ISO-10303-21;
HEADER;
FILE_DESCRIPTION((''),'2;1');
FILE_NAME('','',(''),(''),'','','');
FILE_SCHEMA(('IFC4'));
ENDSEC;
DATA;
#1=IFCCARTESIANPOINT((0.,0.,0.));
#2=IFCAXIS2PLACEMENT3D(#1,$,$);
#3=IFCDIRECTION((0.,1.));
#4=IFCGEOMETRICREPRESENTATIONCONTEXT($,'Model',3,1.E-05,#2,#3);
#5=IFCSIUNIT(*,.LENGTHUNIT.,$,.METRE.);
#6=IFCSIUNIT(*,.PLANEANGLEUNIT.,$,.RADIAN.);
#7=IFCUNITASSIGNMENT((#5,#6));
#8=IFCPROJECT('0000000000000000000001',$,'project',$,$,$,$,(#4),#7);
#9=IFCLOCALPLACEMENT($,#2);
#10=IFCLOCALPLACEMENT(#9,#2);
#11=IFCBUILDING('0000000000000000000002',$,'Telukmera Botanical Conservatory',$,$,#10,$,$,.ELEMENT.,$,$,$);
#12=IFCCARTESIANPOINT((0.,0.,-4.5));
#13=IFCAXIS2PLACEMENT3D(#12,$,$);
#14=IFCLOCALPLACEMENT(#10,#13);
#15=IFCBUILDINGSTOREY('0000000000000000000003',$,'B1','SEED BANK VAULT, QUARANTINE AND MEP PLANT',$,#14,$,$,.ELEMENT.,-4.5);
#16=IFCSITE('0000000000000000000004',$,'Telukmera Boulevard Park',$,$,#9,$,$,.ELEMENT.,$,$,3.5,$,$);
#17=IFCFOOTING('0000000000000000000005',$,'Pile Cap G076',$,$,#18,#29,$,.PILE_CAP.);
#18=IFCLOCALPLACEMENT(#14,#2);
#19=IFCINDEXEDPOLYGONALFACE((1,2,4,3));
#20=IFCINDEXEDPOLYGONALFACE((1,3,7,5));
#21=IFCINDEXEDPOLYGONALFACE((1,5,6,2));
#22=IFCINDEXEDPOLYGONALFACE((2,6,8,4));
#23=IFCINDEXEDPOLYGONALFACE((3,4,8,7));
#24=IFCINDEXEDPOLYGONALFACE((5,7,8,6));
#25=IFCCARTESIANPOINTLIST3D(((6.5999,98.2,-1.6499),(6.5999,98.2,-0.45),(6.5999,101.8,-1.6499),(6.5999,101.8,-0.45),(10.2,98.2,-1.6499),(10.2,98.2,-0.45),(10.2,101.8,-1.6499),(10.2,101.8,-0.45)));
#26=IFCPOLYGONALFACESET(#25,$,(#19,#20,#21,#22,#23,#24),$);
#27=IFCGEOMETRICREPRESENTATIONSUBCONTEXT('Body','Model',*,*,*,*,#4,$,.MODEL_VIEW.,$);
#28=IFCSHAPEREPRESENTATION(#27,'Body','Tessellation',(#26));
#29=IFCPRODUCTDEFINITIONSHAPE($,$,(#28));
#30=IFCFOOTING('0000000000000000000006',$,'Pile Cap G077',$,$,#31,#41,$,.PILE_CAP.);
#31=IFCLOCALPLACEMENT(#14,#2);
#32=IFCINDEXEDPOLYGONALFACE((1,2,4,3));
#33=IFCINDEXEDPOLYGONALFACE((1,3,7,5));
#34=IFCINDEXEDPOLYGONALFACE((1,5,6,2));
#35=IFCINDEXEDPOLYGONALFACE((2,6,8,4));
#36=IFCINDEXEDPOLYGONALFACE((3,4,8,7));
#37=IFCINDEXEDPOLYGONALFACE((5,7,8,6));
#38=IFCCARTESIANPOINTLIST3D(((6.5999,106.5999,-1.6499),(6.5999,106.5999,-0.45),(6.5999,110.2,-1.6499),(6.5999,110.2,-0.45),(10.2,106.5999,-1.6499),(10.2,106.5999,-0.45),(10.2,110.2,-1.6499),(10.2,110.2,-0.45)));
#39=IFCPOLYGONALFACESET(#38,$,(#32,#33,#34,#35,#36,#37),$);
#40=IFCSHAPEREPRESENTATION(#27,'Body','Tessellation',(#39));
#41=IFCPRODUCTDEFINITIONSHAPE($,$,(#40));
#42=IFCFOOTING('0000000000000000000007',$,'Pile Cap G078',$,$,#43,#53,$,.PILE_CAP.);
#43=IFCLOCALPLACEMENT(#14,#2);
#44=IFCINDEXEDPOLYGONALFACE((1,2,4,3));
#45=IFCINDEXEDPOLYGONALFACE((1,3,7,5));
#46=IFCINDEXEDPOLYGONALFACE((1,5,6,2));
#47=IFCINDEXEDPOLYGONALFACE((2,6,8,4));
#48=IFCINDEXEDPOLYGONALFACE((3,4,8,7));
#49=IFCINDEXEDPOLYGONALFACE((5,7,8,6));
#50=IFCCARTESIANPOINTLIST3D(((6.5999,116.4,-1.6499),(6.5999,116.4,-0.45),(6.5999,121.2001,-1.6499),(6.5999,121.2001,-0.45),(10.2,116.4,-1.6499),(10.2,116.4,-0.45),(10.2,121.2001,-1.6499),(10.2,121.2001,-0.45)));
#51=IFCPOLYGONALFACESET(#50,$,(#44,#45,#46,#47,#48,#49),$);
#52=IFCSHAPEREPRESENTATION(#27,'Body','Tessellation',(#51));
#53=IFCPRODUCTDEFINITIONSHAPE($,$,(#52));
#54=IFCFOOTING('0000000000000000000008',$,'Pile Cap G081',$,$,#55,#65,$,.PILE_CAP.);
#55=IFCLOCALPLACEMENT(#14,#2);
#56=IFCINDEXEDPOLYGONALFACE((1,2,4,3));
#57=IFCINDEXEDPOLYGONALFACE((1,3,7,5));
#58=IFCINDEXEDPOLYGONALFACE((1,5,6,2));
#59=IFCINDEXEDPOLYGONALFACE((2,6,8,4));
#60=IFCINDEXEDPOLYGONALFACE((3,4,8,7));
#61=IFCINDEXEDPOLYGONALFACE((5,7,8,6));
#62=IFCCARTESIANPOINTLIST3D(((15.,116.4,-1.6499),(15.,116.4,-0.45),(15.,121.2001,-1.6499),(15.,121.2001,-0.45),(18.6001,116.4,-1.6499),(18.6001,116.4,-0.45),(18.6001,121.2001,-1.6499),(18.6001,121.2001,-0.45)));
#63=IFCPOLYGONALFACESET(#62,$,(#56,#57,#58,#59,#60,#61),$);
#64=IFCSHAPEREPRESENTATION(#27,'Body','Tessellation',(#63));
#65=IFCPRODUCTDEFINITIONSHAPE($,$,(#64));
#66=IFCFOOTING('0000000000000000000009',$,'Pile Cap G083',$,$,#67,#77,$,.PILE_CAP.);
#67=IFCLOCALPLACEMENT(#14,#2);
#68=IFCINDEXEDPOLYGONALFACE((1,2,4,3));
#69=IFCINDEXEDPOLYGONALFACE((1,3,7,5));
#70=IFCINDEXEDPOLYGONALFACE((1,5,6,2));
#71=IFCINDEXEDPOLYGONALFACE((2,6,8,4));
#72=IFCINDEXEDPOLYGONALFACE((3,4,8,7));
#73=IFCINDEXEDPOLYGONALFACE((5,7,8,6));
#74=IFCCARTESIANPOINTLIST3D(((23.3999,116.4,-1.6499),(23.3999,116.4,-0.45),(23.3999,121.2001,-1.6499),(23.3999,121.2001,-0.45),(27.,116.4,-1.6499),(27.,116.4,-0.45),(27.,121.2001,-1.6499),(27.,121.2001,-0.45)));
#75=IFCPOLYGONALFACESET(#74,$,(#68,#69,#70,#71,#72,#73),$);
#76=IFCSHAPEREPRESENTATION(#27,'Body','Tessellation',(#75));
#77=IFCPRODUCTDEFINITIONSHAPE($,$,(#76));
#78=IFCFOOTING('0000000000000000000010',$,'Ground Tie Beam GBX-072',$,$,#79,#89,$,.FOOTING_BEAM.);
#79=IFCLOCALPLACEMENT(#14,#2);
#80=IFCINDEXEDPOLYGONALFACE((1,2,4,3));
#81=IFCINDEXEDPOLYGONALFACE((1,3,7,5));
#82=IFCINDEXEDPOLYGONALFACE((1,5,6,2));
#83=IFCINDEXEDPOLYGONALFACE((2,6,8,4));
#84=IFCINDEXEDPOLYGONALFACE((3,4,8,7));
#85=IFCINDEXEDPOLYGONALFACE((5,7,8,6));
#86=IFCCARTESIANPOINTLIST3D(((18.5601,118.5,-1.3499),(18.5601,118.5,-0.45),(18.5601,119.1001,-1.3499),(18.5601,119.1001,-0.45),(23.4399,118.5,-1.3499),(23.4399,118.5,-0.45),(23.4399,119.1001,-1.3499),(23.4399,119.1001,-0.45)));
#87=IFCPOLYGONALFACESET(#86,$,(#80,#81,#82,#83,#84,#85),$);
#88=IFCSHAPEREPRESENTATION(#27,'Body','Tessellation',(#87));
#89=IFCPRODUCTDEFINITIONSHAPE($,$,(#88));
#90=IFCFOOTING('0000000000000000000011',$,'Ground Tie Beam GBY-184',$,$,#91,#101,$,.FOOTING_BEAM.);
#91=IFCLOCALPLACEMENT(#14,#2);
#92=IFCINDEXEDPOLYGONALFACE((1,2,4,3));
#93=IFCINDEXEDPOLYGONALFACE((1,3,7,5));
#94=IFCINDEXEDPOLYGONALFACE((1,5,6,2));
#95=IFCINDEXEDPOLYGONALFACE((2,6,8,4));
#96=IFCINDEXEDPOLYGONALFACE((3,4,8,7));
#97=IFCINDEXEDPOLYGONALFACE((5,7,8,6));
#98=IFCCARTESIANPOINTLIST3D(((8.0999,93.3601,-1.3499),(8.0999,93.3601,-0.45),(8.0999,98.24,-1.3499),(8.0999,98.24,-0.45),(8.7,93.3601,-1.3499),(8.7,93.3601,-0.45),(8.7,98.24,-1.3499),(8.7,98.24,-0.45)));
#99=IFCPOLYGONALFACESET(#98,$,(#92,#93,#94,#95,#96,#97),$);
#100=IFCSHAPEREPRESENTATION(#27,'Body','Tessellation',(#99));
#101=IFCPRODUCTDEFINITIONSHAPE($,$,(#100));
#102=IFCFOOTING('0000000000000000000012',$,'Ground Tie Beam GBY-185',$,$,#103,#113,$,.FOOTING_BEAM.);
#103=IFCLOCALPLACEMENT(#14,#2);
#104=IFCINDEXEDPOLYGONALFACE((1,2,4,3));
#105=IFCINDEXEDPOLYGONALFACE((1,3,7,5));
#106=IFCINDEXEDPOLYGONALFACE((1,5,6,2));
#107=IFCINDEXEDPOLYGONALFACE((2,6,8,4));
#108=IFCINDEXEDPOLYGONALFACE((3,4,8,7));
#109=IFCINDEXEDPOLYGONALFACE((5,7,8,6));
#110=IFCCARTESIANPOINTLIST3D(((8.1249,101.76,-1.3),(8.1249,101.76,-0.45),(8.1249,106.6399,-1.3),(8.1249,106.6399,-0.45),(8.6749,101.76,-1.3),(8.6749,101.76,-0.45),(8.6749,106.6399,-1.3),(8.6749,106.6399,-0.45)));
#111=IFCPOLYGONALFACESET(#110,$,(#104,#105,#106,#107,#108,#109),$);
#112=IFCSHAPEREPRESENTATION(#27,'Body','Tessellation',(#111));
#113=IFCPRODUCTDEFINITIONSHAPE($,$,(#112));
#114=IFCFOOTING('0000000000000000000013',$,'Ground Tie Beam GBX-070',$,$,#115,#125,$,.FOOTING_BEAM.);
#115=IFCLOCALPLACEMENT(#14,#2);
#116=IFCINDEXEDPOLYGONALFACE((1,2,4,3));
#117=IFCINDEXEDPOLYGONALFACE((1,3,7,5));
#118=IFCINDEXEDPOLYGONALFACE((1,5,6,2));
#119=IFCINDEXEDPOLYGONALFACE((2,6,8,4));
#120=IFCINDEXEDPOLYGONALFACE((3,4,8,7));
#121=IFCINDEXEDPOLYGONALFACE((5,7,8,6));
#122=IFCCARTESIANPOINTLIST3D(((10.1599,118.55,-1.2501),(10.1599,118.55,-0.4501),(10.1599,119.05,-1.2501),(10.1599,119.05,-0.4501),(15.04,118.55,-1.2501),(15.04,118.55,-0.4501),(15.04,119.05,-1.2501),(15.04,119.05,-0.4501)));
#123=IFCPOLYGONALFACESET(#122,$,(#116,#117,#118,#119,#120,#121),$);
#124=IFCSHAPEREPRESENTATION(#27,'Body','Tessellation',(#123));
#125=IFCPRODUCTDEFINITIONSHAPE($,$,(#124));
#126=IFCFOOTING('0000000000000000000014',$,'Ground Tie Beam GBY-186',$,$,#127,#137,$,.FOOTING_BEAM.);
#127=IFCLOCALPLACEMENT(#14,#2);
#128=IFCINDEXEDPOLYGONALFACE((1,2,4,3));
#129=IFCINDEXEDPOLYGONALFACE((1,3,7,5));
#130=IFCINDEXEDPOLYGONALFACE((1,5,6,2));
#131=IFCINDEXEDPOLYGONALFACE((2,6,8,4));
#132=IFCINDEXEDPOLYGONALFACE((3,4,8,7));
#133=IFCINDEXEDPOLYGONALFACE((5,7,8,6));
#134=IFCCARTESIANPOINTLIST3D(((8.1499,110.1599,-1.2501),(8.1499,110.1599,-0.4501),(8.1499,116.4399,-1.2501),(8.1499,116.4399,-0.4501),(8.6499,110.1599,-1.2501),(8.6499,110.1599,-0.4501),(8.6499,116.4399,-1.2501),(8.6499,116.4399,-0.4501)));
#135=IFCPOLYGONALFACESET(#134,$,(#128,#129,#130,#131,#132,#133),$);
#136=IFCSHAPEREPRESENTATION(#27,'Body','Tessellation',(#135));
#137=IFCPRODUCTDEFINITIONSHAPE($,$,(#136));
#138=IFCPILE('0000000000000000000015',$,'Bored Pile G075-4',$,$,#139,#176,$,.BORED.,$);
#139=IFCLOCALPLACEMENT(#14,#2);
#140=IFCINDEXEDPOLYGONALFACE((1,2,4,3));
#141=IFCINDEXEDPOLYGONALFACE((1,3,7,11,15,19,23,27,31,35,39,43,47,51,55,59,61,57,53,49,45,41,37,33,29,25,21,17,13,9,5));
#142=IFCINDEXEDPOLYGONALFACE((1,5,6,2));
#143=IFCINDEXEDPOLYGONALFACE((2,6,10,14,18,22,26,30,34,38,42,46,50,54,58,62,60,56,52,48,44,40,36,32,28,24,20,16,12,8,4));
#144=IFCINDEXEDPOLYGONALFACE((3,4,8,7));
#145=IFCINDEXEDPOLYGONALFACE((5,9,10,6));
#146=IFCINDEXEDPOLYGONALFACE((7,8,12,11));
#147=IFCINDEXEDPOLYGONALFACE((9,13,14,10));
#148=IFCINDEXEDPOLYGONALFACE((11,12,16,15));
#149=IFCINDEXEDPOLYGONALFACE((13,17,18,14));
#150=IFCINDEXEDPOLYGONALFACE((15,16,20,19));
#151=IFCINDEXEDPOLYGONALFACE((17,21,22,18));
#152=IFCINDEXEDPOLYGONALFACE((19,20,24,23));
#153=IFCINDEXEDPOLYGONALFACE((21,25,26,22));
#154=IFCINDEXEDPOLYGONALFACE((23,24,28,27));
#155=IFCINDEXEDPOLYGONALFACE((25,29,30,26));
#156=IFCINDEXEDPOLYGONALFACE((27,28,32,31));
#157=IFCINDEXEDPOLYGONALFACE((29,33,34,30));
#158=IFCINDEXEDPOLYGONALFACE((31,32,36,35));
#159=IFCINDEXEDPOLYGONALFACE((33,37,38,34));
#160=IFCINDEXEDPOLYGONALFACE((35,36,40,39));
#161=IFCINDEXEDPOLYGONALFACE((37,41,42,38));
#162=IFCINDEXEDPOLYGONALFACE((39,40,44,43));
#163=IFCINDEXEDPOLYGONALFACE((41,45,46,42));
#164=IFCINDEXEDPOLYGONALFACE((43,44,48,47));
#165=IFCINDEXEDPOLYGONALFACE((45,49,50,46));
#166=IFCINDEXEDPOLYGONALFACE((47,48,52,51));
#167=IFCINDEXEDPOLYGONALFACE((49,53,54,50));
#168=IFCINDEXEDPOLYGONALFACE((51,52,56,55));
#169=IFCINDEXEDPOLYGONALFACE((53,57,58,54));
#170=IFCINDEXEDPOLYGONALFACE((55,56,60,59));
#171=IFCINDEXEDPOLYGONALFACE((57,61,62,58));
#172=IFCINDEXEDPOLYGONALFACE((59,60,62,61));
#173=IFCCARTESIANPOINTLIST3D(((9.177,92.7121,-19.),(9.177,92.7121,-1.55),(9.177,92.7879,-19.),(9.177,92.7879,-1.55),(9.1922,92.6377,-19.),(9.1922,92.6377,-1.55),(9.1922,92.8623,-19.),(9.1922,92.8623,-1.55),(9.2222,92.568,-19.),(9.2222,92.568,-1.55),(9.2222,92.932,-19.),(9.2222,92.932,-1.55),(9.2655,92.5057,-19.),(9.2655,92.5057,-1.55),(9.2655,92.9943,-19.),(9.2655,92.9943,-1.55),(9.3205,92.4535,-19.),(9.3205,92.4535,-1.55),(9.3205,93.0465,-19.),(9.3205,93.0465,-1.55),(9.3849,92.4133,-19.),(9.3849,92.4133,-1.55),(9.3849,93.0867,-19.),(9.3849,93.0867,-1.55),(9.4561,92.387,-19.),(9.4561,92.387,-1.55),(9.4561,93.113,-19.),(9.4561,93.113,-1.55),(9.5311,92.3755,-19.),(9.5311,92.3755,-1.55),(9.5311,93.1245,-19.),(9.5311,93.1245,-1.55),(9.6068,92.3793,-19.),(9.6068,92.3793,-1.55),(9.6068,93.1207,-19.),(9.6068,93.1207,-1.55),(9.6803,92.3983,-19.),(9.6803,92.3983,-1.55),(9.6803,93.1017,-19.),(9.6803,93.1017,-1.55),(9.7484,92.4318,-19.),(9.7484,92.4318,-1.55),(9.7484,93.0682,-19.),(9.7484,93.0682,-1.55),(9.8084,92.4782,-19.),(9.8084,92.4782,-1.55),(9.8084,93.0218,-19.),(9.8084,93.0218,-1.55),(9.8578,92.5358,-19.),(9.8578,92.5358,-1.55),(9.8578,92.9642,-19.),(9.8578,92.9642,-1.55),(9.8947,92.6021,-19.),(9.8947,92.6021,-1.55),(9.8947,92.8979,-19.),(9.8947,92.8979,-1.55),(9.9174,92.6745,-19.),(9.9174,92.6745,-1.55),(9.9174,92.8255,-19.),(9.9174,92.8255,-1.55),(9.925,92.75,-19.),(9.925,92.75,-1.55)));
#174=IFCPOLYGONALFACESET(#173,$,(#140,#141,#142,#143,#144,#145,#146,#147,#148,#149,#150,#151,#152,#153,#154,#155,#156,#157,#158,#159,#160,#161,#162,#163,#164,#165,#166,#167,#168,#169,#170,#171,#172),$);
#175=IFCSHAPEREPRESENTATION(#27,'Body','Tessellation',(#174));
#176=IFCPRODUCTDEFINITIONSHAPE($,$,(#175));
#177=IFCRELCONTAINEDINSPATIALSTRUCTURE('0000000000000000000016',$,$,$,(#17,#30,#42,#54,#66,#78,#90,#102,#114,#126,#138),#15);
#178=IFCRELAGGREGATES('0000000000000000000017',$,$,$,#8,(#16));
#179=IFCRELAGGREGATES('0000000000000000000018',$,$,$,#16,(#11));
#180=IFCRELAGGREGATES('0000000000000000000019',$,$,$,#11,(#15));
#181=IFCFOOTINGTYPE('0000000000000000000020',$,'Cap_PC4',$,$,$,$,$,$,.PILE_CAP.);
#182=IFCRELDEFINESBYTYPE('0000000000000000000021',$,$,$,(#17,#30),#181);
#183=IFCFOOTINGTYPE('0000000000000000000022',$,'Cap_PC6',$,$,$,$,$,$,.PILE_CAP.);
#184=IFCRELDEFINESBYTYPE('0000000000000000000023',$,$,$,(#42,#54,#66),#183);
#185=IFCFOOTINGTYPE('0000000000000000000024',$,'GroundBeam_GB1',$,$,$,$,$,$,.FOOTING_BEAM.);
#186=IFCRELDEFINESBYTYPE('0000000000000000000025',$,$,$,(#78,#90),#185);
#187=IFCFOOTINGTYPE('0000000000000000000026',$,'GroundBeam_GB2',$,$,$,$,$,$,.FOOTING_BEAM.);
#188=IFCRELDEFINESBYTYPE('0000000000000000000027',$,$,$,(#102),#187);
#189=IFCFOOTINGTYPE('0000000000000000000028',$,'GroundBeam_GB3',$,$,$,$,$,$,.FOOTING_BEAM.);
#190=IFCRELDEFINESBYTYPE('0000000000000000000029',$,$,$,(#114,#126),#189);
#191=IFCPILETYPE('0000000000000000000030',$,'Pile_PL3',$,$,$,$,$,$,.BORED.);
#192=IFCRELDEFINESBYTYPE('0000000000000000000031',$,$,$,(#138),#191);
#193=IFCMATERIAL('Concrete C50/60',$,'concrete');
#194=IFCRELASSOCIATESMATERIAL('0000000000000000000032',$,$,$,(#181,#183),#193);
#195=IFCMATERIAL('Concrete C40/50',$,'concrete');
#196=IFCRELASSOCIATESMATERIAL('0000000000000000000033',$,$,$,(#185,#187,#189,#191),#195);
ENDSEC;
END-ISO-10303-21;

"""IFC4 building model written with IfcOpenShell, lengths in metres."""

from ifc_helpers import new_model, si_unit, direction, frame, origin, origin_2d, place, context, subcontext, project, spatial, rectangle, circle, extrude, material, material_profile, profile_set, type_object, element, save


model = new_model("IFC4")

# Units and contexts
model_context = context("Model", 3, precision=1e-05, world=origin(), true_north=direction((0.0, 1.0)))
body_context = subcontext(model_context, "Body", "Model", "MODEL_VIEW")
ifc_project = project(units=[si_unit("LENGTHUNIT", "METRE"), si_unit("PLANEANGLEUNIT", "RADIAN")], contexts=[model_context])

# Site, building, storey
site_placement = place(None, origin())
site = spatial("IfcSite", under=ifc_project, at=site_placement, Name="Telukmera Boulevard Park", CompositionType="ELEMENT", RefElevation=3.5)
building_placement = place(site_placement, origin())
building = spatial("IfcBuilding", under=site, at=building_placement, Name="Telukmera Botanical Conservatory", CompositionType="ELEMENT")
storey_placement = place(building_placement, frame((0.0, 0.0, -4.5)))
storey = spatial("IfcBuildingStorey", under=building, at=storey_placement, Name="B1", Description="SEED BANK VAULT, QUARANTINE AND MEP PLANT", CompositionType="ELEMENT", Elevation=-4.5)

# Footings
ifc_material_1 = material(Name="Concrete C50/60", Category="concrete")
footing_type_1 = type_object("IfcFootingType", Name="Cap_PC4", PredefinedType="PILE_CAP", material=ifc_material_1)
for number, where, z_axis, x_axis, name in (
    (1, (8.3999, 100.0, -1.6499), (0.0, 0.0, 1.0), (1.0, 0.0, 0.0), "Pile Cap G076"),
    (2, (8.3999, 108.3999, -1.6499), (0.0, 0.0, 1.0), (1.0, 0.0, 0.0), "Pile Cap G077"),
):
    element("IfcFooting", number, at=place(storey_placement, frame(where, z_axis=z_axis, x_axis=x_axis)), inside=storey, type_object=footing_type_1, Name=name, PredefinedType="PILE_CAP", context=body_context, shape_type="SweptSolid", body=[
        extrude(rectangle(XDim=3.6001, YDim=3.6001, at=origin_2d()), origin(), (0.0, 0.0, 1.0), 1.2),
    ])
footing_type_2 = type_object("IfcFootingType", Name="Cap_PC6", PredefinedType="PILE_CAP", material=ifc_material_1)
for number, where, z_axis, x_axis, name in (
    (3, (8.3999, 118.8, -1.6499), (0.0, 0.0, 1.0), (1.0, 0.0, 0.0), "Pile Cap G078"),
    (4, (16.8, 118.8, -1.6499), (0.0, 0.0, 1.0), (1.0, 0.0, 0.0), "Pile Cap G081"),
    (5, (25.2, 118.8, -1.6499), (0.0, 0.0, 1.0), (1.0, 0.0, 0.0), "Pile Cap G083"),
):
    element("IfcFooting", number, at=place(storey_placement, frame(where, z_axis=z_axis, x_axis=x_axis)), inside=storey, type_object=footing_type_2, Name=name, PredefinedType="PILE_CAP", context=body_context, shape_type="SweptSolid", body=[
        extrude(rectangle(XDim=3.6001, YDim=4.8, at=origin_2d()), origin(), (0.0, 0.0, 1.0), 1.2),
    ])
ifc_material_2 = material(Name="Concrete C40/50", Category="concrete")
ifc_material_profile_1 = material_profile(ifc_material_2, rectangle(XDim=0.6001, YDim=0.8999, at=origin_2d()), Name="RC 600x900")
ifc_profile_set_1 = profile_set([ifc_material_profile_1], Name="Concrete C40/50")
footing_type_3 = type_object("IfcFootingType", Name="GroundBeam_GB1", PredefinedType="FOOTING_BEAM", material=ifc_profile_set_1)
for number, where, z_axis, x_axis, name in (
    (6, (18.5601, 118.8, -0.8999), (1.0, 0.0, 0.0), (0.0, 1.0, 0.0), "Ground Tie Beam GBX-072"),
    (7, (8.3999, 93.3601, -0.8999), (0.0, 1.0, 0.0), (-1.0, 0.0, 0.0), "Ground Tie Beam GBY-184"),
):
    element("IfcFooting", number, at=place(storey_placement, frame(where, z_axis=z_axis, x_axis=x_axis)), inside=storey, type_object=footing_type_3, Name=name, PredefinedType="FOOTING_BEAM", context=body_context, shape_type="SweptSolid", body=[
        extrude(rectangle(XDim=0.6001, YDim=0.8999, at=origin_2d()), origin(), (0.0, 0.0, 1.0), 4.8799),
    ])
ifc_material_profile_2 = material_profile(ifc_material_2, rectangle(XDim=0.55, YDim=0.8501, at=origin_2d()), Name="RC 550x850")
ifc_profile_set_2 = profile_set([ifc_material_profile_2], Name="Concrete C40/50")
footing_type_4 = type_object("IfcFootingType", Name="GroundBeam_GB2", PredefinedType="FOOTING_BEAM", material=ifc_profile_set_2)
footing_1_placement = place(storey_placement, frame((8.3999, 101.76, -0.875), z_axis=(0.0, 1.0, 0.0), x_axis=(-1.0, 0.0, 0.0)))
element("IfcFooting", 8, at=footing_1_placement, inside=storey, type_object=footing_type_4, Name="Ground Tie Beam GBY-185", PredefinedType="FOOTING_BEAM", context=body_context, shape_type="SweptSolid", body=[
    extrude(rectangle(XDim=0.55, YDim=0.8501, at=origin_2d()), origin(), (0.0, 0.0, 1.0), 4.8799),
])
ifc_material_profile_3 = material_profile(ifc_material_2, rectangle(XDim=0.5, YDim=0.8, at=origin_2d()), Name="RC 500x800")
ifc_profile_set_3 = profile_set([ifc_material_profile_3], Name="Concrete C40/50")
footing_type_5 = type_object("IfcFootingType", Name="GroundBeam_GB3", PredefinedType="FOOTING_BEAM", material=ifc_profile_set_3)
footing_2_placement = place(storey_placement, frame((10.1599, 118.8, -0.8501), z_axis=(1.0, 0.0, 0.0), x_axis=(0.0, 1.0, 0.0)))
element("IfcFooting", 9, at=footing_2_placement, inside=storey, type_object=footing_type_5, Name="Ground Tie Beam GBX-070", PredefinedType="FOOTING_BEAM", context=body_context, shape_type="SweptSolid", body=[
    extrude(rectangle(XDim=0.5, YDim=0.8, at=origin_2d()), origin(), (0.0, 0.0, 1.0), 4.8801),
])
footing_3_placement = place(storey_placement, frame((8.3999, 110.1599, -0.8501), z_axis=(0.0, 1.0, 0.0), x_axis=(-1.0, 0.0, 0.0)))
element("IfcFooting", 10, at=footing_3_placement, inside=storey, type_object=footing_type_5, Name="Ground Tie Beam GBY-186", PredefinedType="FOOTING_BEAM", context=body_context, shape_type="SweptSolid", body=[
    extrude(rectangle(XDim=0.5, YDim=0.8, at=origin_2d()), origin(), (0.0, 0.0, 1.0), 6.28),
])

# Pile
ifc_material_profile_4 = material_profile(ifc_material_2, circle(Radius=0.375, at=origin_2d()), Name="PILE D750")
ifc_profile_set_4 = profile_set([ifc_material_profile_4], Name="Concrete C40/50")
pile_type = type_object("IfcPileType", Name="Pile_PL3", PredefinedType="BORED", material=ifc_profile_set_4)
for number, where, z_axis, x_axis, name in (
    (11, (9.55, 92.75, -1.55), (0.0, 0.0, -1.0), (1.0, 0.0, 0.0), "Bored Pile G075-4"),
):
    element("IfcPile", number, at=place(storey_placement, frame(where, z_axis=z_axis, x_axis=x_axis)), inside=storey, type_object=pile_type, Name=name, PredefinedType="BORED", context=body_context, shape_type="SweptSolid", body=[
        extrude(circle(Radius=0.375, at=origin_2d()), origin(), (0.0, 0.0, 1.0), 17.45),
    ])

save(model, "model.ifc")
